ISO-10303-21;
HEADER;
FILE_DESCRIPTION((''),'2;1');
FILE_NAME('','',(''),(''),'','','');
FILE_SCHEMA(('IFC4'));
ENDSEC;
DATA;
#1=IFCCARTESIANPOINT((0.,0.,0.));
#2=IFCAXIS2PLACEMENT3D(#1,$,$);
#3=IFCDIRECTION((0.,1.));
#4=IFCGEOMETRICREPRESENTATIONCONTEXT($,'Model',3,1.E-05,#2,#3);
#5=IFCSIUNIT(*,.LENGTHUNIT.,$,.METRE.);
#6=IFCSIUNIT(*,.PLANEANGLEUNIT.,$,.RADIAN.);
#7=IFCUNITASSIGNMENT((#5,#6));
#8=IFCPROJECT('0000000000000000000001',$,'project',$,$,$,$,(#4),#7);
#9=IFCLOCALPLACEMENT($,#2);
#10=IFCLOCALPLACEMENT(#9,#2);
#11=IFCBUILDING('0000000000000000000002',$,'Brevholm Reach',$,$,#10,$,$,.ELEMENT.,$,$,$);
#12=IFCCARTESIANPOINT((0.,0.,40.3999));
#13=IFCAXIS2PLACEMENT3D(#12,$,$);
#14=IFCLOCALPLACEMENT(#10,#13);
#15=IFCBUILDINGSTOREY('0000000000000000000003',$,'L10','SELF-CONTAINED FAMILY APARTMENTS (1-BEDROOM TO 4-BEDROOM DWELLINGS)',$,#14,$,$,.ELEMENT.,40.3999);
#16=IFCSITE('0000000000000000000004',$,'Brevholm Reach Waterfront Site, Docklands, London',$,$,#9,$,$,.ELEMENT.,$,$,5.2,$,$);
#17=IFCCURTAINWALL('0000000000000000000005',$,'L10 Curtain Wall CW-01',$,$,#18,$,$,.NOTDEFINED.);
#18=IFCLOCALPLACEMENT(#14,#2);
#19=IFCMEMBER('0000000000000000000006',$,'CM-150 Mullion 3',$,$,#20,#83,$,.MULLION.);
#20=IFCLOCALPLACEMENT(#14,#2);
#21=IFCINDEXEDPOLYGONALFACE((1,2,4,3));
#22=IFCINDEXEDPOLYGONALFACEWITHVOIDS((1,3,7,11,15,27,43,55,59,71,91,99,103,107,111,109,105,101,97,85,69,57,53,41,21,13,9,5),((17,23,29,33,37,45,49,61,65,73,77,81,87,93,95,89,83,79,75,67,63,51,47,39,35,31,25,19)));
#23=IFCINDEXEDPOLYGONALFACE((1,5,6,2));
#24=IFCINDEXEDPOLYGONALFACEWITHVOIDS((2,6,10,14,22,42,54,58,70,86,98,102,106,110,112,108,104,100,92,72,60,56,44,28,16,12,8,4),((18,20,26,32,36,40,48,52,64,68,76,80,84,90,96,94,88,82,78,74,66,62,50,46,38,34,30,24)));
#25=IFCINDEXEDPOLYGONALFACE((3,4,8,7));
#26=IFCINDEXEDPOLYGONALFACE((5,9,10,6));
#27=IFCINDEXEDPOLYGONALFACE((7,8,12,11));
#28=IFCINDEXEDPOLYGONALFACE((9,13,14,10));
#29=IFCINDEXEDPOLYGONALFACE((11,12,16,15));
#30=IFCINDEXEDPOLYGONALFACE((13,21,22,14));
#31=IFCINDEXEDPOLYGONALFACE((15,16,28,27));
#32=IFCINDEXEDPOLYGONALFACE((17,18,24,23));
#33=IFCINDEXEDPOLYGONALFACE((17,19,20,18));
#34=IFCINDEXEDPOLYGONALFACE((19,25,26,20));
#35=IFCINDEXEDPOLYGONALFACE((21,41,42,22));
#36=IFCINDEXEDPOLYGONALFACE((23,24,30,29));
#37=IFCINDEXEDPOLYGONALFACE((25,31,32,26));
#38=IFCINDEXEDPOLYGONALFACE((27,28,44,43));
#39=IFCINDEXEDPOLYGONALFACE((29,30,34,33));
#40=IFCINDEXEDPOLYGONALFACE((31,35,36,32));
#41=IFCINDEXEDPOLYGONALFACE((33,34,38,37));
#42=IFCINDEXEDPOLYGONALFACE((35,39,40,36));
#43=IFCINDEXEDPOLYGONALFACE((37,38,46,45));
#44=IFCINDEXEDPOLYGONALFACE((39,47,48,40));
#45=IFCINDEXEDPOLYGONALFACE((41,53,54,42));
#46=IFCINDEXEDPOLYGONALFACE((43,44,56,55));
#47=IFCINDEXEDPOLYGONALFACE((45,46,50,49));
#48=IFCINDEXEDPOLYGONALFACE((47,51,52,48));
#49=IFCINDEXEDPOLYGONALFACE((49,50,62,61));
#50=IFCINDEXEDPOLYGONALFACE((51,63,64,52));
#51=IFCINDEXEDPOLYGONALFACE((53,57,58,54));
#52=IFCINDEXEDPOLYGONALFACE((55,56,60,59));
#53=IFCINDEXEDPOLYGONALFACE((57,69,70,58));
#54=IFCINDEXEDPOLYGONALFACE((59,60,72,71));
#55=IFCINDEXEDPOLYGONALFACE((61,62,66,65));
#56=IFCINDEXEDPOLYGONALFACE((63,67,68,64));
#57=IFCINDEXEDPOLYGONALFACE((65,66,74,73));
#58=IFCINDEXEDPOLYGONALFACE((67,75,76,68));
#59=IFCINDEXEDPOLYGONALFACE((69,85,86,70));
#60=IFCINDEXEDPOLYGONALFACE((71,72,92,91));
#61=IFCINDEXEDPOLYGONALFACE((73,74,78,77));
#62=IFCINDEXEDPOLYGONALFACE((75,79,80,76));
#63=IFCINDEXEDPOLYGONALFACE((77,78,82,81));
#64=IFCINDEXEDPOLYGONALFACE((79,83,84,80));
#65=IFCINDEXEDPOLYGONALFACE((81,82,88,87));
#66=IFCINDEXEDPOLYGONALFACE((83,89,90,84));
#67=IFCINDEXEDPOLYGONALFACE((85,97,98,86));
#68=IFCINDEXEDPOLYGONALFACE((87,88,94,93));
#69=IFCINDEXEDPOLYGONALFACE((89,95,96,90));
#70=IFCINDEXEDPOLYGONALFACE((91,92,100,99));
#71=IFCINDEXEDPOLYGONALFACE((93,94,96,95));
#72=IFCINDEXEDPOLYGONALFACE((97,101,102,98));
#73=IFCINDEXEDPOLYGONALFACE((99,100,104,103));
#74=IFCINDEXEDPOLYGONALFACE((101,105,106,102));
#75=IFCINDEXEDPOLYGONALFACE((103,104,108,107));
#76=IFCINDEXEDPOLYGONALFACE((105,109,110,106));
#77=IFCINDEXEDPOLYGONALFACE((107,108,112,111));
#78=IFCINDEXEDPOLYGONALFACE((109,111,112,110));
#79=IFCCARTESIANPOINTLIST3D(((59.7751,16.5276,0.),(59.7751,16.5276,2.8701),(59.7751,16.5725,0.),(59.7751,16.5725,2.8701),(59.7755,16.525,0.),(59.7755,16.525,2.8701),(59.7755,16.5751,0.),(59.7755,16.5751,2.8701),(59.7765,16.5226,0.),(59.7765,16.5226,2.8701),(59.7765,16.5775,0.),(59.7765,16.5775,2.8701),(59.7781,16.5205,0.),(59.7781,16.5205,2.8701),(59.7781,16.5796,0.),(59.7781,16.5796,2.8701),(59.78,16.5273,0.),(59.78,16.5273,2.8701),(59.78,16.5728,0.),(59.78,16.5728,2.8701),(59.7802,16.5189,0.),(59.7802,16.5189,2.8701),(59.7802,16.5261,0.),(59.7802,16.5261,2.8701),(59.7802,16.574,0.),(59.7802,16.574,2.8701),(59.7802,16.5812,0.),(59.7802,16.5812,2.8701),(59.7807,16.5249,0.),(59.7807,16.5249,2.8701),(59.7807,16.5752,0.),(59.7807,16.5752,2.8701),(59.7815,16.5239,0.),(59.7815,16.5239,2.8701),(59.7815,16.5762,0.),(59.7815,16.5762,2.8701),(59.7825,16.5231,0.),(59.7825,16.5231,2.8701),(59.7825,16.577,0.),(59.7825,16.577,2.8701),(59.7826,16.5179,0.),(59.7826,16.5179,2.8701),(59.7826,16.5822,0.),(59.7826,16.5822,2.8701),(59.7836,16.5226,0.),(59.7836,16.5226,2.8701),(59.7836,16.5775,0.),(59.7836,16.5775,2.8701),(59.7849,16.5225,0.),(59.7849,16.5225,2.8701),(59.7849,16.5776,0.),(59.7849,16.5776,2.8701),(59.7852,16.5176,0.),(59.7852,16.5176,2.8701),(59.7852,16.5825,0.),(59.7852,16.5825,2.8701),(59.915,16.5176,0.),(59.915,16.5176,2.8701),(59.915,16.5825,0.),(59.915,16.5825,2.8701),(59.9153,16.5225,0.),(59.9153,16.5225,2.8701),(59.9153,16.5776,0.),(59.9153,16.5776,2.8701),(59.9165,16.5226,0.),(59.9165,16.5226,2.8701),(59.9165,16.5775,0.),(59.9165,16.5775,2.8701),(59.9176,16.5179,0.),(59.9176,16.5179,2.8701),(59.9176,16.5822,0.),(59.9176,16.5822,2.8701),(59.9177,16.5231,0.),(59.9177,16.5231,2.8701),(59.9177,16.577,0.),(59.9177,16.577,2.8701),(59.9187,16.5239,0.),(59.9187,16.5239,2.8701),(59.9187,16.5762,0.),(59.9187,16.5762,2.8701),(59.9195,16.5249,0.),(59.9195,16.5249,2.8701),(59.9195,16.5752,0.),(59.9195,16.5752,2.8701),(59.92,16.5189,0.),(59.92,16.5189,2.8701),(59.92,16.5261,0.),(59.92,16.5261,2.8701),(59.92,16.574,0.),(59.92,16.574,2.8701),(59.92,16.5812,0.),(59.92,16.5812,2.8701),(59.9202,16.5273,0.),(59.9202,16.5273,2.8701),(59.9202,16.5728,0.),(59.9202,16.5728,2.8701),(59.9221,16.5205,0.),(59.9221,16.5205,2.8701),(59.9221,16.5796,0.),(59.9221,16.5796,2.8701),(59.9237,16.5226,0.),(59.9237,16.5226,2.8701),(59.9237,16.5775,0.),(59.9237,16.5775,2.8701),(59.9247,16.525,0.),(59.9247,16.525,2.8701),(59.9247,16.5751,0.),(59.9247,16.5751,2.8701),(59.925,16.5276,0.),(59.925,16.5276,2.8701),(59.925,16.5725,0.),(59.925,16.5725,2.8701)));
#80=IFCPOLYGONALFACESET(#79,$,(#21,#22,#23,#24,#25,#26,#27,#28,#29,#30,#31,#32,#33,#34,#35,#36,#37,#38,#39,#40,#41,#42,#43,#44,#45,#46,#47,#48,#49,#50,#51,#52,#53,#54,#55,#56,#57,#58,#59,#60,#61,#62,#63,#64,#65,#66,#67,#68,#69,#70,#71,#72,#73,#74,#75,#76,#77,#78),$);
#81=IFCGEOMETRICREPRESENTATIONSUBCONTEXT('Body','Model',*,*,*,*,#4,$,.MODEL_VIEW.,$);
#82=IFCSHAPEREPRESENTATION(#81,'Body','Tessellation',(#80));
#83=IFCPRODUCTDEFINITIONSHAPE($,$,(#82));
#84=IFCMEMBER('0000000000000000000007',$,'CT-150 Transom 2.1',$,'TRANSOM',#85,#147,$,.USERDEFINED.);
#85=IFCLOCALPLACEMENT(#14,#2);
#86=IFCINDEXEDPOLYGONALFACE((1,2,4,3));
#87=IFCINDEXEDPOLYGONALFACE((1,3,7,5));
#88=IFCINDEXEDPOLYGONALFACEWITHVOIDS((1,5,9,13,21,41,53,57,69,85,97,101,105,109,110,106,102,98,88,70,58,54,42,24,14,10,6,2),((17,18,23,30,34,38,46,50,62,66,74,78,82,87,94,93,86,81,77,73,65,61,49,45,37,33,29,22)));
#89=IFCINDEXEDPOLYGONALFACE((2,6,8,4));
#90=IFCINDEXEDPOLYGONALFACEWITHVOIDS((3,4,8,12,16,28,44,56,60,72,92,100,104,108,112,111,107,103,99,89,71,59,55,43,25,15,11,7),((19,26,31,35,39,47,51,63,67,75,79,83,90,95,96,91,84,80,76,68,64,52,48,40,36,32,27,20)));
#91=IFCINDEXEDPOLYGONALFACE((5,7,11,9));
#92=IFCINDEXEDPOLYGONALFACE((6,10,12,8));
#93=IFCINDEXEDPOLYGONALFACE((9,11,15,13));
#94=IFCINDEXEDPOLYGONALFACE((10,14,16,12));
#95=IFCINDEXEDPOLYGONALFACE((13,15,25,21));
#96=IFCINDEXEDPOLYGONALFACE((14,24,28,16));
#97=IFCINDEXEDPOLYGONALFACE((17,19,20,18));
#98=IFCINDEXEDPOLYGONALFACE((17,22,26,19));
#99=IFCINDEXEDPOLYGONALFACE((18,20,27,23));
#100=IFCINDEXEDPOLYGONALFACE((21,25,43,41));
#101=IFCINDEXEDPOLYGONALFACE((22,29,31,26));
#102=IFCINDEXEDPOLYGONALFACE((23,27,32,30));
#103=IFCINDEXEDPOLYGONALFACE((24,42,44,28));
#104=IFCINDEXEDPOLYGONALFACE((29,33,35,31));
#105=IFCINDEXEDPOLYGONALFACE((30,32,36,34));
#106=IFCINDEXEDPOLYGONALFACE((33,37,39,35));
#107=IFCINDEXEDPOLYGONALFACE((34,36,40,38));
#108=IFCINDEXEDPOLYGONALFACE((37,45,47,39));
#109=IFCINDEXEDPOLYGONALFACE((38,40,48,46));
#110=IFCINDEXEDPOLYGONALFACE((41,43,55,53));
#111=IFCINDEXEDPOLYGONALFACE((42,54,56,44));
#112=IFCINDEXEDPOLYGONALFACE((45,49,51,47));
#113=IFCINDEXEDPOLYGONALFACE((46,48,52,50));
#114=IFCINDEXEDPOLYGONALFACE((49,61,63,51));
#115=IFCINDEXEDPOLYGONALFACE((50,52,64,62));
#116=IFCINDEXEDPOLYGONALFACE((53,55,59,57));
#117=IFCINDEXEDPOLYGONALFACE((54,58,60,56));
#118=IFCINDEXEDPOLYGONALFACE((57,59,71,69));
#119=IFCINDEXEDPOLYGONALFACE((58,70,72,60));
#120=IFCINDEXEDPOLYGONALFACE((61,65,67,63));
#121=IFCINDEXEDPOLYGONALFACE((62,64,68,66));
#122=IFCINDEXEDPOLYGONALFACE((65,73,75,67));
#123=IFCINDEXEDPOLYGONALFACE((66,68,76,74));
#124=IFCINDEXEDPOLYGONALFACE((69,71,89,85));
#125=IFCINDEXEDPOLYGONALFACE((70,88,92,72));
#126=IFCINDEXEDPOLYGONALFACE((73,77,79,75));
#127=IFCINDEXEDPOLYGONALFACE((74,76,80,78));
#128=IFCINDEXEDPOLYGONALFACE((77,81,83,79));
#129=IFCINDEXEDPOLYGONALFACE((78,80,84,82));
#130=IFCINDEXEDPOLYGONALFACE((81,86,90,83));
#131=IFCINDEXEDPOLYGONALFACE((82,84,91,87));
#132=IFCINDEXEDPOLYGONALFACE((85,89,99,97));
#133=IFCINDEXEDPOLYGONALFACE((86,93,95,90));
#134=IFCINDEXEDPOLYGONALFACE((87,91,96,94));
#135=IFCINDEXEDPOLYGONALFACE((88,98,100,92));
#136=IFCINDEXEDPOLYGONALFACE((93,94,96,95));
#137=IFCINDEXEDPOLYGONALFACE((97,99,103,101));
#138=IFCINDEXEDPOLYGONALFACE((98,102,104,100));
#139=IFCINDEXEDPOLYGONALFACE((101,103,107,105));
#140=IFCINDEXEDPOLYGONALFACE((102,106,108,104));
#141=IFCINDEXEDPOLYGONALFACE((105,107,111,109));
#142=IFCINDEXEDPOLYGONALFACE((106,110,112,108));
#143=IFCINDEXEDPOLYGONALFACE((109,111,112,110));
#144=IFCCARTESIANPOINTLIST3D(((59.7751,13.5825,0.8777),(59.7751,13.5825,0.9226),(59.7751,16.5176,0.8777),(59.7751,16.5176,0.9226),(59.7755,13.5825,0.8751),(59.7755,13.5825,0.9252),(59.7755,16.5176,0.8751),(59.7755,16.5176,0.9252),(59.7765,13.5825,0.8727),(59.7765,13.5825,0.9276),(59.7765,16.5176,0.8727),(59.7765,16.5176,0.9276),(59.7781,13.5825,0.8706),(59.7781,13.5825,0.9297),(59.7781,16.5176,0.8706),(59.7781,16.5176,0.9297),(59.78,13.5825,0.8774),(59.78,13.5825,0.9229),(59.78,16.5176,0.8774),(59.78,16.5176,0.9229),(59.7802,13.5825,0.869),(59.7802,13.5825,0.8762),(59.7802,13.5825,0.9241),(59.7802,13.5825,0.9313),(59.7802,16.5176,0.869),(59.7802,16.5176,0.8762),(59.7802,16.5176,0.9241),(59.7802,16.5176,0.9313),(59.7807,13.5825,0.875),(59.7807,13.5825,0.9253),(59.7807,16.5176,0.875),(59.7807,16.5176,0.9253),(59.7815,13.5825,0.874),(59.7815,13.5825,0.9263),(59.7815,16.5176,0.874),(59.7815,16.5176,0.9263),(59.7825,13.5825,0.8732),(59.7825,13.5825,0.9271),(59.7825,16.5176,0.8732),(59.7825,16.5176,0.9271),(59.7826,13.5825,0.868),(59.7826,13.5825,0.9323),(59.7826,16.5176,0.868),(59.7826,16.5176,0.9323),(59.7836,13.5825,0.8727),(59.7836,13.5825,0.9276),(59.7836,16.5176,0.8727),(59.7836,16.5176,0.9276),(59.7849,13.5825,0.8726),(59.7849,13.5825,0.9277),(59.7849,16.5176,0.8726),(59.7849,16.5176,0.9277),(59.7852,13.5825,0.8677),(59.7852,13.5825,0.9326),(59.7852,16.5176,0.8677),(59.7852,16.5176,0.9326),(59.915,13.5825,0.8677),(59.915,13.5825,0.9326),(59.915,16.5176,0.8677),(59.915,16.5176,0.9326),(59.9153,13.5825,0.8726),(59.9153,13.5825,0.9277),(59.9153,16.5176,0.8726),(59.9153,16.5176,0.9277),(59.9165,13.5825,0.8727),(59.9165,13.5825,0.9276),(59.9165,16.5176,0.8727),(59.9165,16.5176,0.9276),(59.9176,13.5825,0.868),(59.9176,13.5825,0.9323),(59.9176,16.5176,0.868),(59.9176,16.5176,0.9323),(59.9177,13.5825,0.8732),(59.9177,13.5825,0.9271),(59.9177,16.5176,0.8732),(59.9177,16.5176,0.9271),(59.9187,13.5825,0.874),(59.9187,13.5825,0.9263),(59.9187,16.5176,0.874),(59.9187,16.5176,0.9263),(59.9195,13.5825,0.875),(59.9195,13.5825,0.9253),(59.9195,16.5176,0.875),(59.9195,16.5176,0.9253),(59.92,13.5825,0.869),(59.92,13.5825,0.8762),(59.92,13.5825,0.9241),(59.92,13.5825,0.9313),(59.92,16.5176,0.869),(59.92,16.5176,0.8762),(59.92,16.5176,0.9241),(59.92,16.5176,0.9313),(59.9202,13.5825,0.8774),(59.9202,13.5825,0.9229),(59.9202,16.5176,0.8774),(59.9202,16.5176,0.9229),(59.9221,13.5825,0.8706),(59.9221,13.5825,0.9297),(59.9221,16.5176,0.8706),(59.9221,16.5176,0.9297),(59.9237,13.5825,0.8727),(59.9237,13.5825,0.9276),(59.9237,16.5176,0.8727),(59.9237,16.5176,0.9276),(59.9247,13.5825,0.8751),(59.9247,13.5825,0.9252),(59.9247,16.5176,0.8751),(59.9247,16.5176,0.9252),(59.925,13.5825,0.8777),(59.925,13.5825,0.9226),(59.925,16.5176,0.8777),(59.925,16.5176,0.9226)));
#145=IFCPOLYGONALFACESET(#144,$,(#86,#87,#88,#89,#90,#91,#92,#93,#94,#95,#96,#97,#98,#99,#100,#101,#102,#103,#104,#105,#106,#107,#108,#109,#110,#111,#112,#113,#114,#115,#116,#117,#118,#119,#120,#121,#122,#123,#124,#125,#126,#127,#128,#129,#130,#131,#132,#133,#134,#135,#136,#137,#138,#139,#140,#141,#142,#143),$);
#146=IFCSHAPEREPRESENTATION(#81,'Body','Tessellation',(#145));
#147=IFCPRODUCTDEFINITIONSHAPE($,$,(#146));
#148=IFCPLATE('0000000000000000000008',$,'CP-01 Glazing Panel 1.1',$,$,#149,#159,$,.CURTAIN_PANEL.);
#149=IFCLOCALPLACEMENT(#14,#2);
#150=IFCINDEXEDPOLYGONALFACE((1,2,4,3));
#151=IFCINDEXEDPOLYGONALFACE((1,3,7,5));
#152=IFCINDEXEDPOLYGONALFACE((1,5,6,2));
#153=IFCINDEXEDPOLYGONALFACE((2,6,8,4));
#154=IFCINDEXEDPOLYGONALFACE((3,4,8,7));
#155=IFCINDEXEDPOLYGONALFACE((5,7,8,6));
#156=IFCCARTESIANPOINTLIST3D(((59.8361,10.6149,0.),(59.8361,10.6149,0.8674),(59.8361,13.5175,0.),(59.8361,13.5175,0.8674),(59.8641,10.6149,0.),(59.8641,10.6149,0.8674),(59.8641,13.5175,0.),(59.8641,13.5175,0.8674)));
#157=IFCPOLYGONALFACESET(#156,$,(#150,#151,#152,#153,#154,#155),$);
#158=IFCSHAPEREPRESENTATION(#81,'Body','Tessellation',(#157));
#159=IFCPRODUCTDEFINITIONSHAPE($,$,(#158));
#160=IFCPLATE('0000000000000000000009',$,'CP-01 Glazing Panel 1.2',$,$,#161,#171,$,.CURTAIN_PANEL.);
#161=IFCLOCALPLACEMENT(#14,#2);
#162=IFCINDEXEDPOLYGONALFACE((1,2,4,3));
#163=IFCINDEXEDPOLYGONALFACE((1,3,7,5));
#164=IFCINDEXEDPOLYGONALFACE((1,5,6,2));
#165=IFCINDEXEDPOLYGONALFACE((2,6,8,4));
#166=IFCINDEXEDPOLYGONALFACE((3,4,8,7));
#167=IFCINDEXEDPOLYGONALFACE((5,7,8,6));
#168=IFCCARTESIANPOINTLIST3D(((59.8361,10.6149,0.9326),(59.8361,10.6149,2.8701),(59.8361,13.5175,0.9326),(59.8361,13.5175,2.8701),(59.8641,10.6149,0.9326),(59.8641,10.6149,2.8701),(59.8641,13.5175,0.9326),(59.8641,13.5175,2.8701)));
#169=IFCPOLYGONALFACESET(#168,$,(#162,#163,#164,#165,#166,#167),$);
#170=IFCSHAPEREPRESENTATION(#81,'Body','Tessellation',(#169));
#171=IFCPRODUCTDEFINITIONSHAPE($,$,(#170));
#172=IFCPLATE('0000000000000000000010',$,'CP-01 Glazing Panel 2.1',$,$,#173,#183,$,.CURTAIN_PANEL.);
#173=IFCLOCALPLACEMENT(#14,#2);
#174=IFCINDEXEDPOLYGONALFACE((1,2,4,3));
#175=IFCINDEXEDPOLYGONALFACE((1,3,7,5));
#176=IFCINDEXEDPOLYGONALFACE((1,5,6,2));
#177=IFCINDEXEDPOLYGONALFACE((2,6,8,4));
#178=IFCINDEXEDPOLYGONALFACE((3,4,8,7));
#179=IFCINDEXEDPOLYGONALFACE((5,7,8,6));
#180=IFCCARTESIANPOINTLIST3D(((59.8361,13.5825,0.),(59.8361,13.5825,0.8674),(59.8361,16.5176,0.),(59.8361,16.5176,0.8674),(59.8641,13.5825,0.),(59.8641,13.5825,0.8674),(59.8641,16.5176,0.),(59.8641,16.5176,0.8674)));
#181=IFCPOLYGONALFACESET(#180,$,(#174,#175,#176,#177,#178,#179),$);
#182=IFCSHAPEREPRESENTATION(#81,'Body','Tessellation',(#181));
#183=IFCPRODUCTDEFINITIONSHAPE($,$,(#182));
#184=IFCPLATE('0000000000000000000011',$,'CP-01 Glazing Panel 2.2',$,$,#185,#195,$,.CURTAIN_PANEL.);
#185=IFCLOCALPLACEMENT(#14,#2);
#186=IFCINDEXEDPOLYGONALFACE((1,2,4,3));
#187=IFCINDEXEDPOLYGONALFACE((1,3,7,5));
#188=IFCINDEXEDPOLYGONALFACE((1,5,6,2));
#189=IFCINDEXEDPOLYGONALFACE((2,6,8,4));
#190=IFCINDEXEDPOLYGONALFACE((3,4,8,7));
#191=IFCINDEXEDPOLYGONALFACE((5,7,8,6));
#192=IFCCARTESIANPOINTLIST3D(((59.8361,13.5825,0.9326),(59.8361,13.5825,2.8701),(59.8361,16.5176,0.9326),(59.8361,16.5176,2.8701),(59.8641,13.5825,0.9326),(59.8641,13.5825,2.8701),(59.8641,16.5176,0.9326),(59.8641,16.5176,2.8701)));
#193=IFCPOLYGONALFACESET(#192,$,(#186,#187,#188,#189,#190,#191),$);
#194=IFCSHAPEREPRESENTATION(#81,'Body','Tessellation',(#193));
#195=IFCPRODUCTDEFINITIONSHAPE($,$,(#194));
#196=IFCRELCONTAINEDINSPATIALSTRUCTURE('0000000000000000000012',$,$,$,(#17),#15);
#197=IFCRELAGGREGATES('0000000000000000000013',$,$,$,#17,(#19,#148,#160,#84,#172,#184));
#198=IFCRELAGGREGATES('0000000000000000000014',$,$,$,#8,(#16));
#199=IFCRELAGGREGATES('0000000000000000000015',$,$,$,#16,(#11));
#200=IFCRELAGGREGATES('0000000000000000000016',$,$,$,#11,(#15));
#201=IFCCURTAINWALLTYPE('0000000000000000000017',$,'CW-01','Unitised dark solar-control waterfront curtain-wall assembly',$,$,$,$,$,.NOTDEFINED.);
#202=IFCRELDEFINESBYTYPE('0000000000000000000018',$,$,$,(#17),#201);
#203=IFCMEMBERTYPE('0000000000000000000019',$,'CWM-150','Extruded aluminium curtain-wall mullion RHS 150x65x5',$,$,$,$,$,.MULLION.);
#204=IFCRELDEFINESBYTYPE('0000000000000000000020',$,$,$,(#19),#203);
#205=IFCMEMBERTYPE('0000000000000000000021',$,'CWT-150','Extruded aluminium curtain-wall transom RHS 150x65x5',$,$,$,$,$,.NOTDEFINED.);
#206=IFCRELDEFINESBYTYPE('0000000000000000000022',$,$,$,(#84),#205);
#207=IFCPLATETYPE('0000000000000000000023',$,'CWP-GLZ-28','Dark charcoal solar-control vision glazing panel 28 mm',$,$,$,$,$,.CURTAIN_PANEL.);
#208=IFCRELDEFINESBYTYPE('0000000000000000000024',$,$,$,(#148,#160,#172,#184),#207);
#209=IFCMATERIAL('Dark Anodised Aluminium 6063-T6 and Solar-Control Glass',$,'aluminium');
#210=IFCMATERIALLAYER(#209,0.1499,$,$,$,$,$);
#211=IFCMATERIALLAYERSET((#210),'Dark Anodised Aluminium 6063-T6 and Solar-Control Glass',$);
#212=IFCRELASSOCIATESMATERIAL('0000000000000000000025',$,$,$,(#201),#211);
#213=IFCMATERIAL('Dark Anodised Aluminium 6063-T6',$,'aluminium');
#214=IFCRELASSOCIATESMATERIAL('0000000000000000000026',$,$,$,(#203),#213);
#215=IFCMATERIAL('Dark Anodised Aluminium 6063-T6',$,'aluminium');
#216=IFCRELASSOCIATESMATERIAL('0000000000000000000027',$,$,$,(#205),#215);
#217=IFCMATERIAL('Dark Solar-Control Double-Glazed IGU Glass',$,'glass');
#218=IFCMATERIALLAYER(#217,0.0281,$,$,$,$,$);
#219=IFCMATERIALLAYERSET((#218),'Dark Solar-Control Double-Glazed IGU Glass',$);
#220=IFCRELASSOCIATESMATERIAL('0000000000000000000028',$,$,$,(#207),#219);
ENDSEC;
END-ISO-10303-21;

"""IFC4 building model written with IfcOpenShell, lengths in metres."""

from ifc_helpers import new_model, si_unit, direction, frame, origin, origin_2d, place, context, subcontext, project, spatial, rectangle, hollow_rectangle, extrude, material, layer, layer_set, material_profile, profile_set, type_object, element, aggregate, save


model = new_model("IFC4")

# Units and contexts
model_context = context("Model", 3, precision=1e-05, world=origin(), true_north=direction((0.0, 1.0)))
body_context = subcontext(model_context, "Body", "Model", "MODEL_VIEW")
ifc_project = project(units=[si_unit("LENGTHUNIT", "METRE"), si_unit("PLANEANGLEUNIT", "RADIAN")], contexts=[model_context])

# Site, building, storey
site_placement = place(None, origin())
site = spatial("IfcSite", under=ifc_project, at=site_placement, Name="Brevholm Reach Waterfront Site, Docklands, London", CompositionType="ELEMENT", RefElevation=5.2)
building_placement = place(site_placement, origin())
building = spatial("IfcBuilding", under=site, at=building_placement, Name="Brevholm Reach", CompositionType="ELEMENT")
storey_placement = place(building_placement, frame((0.0, 0.0, 40.3999)))
storey = spatial("IfcBuildingStorey", under=building, at=storey_placement, Name="L10", Description="SELF-CONTAINED FAMILY APARTMENTS (1-BEDROOM TO 4-BEDROOM DWELLINGS)", CompositionType="ELEMENT", Elevation=40.3999)

# Curtain wall, members, plates
ifc_material_1 = material(Name="Dark Anodised Aluminium 6063-T6 and Solar-Control Glass", Category="aluminium")
ifc_layer_1 = layer(ifc_material_1, 0.1499)
ifc_layer_set_1 = layer_set([ifc_layer_1], Name="Dark Anodised Aluminium 6063-T6 and Solar-Control Glass")
curtain_wall_type = type_object("IfcCurtainWallType", Name="CW-01", Description="Unitised dark solar-control waterfront curtain-wall assembly", PredefinedType="NOTDEFINED", material=ifc_layer_set_1)
curtain_wall_placement = place(storey_placement, origin())
curtain_wall = element("IfcCurtainWall", 1, at=curtain_wall_placement, inside=storey, type_object=curtain_wall_type, Name="L10 Curtain Wall CW-01", PredefinedType="NOTDEFINED")
ifc_material_2 = material(Name="Dark Anodised Aluminium 6063-T6", Category="aluminium")
ifc_material_profile_1 = material_profile(ifc_material_2, hollow_rectangle(XDim=0.0649, YDim=0.1499, WallThickness=0.0049, InnerFilletRadius=0.0049, OuterFilletRadius=0.01, at=origin_2d()), Name="RHS 150x65x5")
ifc_profile_set_1 = profile_set([ifc_material_profile_1], Name="Dark Anodised Aluminium 6063-T6")
member_type_1 = type_object("IfcMemberType", Name="CWM-150", Description="Extruded aluminium curtain-wall mullion RHS 150x65x5", PredefinedType="MULLION", material=ifc_profile_set_1)
member_1_placement = place(storey_placement, frame((59.8501, 16.55, 0.0), z_axis=(0.0, 0.0, 1.0), x_axis=(0.0, 1.0, 0.0)))
member_1 = element("IfcMember", 2, at=member_1_placement, type_object=member_type_1, Name="CM-150 Mullion 3", PredefinedType="MULLION", context=body_context, shape_type="SweptSolid", body=[
    extrude(hollow_rectangle(XDim=0.0649, YDim=0.1499, WallThickness=0.0049, InnerFilletRadius=0.0049, OuterFilletRadius=0.01, at=origin_2d()), origin(), (0.0, 0.0, 1.0), 2.8701),
])
ifc_material_3 = material(Name="Dark Anodised Aluminium 6063-T6", Category="aluminium")
ifc_material_profile_2 = material_profile(ifc_material_3, hollow_rectangle(XDim=0.0649, YDim=0.1499, WallThickness=0.0049, InnerFilletRadius=0.0049, OuterFilletRadius=0.01, at=origin_2d()), Name="RHS 150x65x5")
ifc_profile_set_2 = profile_set([ifc_material_profile_2], Name="Dark Anodised Aluminium 6063-T6")
member_type_2 = type_object("IfcMemberType", Name="CWT-150", Description="Extruded aluminium curtain-wall transom RHS 150x65x5", PredefinedType="NOTDEFINED", material=ifc_profile_set_2)
member_2_placement = place(storey_placement, frame((59.8501, 13.5825, 0.9001), z_axis=(0.0, 1.0, 0.0), x_axis=(0.0, 0.0, 1.0)))
member_2 = element("IfcMember", 3, at=member_2_placement, type_object=member_type_2, Name="CT-150 Transom 2.1", ObjectType="TRANSOM", PredefinedType="USERDEFINED", context=body_context, shape_type="SweptSolid", body=[
    extrude(hollow_rectangle(XDim=0.0649, YDim=0.1499, WallThickness=0.0049, InnerFilletRadius=0.0049, OuterFilletRadius=0.01, at=origin_2d()), origin(), (0.0, 0.0, 1.0), 2.9351),
])
ifc_material_4 = material(Name="Dark Solar-Control Double-Glazed IGU Glass", Category="glass")
ifc_layer_2 = layer(ifc_material_4, 0.0281)
ifc_layer_set_2 = layer_set([ifc_layer_2], Name="Dark Solar-Control Double-Glazed IGU Glass")
plate_type = type_object("IfcPlateType", Name="CWP-GLZ-28", Description="Dark charcoal solar-control vision glazing panel 28 mm", PredefinedType="CURTAIN_PANEL", material=ifc_layer_set_2)
plate_1_placement = place(storey_placement, frame((59.8501, 12.0662, 0.0), z_axis=(0.0, 0.0, 1.0), x_axis=(0.0, 1.0, 0.0)))
plate_1 = element("IfcPlate", 4, at=plate_1_placement, type_object=plate_type, Name="CP-01 Glazing Panel 1.1", PredefinedType="CURTAIN_PANEL", context=body_context, shape_type="SweptSolid", body=[
    extrude(rectangle(XDim=2.9026, YDim=0.0281, at=origin_2d()), origin(), (0.0, 0.0, 1.0), 0.8674),
])
plate_2_placement = place(storey_placement, frame((59.8501, 12.0662, 0.9326), z_axis=(0.0, 0.0, 1.0), x_axis=(0.0, 1.0, 0.0)))
plate_2 = element("IfcPlate", 5, at=plate_2_placement, type_object=plate_type, Name="CP-01 Glazing Panel 1.2", PredefinedType="CURTAIN_PANEL", context=body_context, shape_type="SweptSolid", body=[
    extrude(rectangle(XDim=2.9026, YDim=0.0281, at=origin_2d()), origin(), (0.0, 0.0, 1.0), 1.9375),
])
plate_3_placement = place(storey_placement, frame((59.8501, 15.05, 0.0), z_axis=(0.0, 0.0, 1.0), x_axis=(0.0, 1.0, 0.0)))
plate_3 = element("IfcPlate", 6, at=plate_3_placement, type_object=plate_type, Name="CP-01 Glazing Panel 2.1", PredefinedType="CURTAIN_PANEL", context=body_context, shape_type="SweptSolid", body=[
    extrude(rectangle(XDim=2.9351, YDim=0.0281, at=origin_2d()), origin(), (0.0, 0.0, 1.0), 0.8674),
])
plate_4_placement = place(storey_placement, frame((59.8501, 15.05, 0.9326), z_axis=(0.0, 0.0, 1.0), x_axis=(0.0, 1.0, 0.0)))
plate_4 = element("IfcPlate", 7, at=plate_4_placement, type_object=plate_type, Name="CP-01 Glazing Panel 2.2", PredefinedType="CURTAIN_PANEL", context=body_context, shape_type="SweptSolid", body=[
    extrude(rectangle(XDim=2.9351, YDim=0.0281, at=origin_2d()), origin(), (0.0, 0.0, 1.0), 1.9375),
])
aggregate(curtain_wall, [member_1, plate_1, plate_2, member_2, plate_3, plate_4])

save(model, "model.ifc")
